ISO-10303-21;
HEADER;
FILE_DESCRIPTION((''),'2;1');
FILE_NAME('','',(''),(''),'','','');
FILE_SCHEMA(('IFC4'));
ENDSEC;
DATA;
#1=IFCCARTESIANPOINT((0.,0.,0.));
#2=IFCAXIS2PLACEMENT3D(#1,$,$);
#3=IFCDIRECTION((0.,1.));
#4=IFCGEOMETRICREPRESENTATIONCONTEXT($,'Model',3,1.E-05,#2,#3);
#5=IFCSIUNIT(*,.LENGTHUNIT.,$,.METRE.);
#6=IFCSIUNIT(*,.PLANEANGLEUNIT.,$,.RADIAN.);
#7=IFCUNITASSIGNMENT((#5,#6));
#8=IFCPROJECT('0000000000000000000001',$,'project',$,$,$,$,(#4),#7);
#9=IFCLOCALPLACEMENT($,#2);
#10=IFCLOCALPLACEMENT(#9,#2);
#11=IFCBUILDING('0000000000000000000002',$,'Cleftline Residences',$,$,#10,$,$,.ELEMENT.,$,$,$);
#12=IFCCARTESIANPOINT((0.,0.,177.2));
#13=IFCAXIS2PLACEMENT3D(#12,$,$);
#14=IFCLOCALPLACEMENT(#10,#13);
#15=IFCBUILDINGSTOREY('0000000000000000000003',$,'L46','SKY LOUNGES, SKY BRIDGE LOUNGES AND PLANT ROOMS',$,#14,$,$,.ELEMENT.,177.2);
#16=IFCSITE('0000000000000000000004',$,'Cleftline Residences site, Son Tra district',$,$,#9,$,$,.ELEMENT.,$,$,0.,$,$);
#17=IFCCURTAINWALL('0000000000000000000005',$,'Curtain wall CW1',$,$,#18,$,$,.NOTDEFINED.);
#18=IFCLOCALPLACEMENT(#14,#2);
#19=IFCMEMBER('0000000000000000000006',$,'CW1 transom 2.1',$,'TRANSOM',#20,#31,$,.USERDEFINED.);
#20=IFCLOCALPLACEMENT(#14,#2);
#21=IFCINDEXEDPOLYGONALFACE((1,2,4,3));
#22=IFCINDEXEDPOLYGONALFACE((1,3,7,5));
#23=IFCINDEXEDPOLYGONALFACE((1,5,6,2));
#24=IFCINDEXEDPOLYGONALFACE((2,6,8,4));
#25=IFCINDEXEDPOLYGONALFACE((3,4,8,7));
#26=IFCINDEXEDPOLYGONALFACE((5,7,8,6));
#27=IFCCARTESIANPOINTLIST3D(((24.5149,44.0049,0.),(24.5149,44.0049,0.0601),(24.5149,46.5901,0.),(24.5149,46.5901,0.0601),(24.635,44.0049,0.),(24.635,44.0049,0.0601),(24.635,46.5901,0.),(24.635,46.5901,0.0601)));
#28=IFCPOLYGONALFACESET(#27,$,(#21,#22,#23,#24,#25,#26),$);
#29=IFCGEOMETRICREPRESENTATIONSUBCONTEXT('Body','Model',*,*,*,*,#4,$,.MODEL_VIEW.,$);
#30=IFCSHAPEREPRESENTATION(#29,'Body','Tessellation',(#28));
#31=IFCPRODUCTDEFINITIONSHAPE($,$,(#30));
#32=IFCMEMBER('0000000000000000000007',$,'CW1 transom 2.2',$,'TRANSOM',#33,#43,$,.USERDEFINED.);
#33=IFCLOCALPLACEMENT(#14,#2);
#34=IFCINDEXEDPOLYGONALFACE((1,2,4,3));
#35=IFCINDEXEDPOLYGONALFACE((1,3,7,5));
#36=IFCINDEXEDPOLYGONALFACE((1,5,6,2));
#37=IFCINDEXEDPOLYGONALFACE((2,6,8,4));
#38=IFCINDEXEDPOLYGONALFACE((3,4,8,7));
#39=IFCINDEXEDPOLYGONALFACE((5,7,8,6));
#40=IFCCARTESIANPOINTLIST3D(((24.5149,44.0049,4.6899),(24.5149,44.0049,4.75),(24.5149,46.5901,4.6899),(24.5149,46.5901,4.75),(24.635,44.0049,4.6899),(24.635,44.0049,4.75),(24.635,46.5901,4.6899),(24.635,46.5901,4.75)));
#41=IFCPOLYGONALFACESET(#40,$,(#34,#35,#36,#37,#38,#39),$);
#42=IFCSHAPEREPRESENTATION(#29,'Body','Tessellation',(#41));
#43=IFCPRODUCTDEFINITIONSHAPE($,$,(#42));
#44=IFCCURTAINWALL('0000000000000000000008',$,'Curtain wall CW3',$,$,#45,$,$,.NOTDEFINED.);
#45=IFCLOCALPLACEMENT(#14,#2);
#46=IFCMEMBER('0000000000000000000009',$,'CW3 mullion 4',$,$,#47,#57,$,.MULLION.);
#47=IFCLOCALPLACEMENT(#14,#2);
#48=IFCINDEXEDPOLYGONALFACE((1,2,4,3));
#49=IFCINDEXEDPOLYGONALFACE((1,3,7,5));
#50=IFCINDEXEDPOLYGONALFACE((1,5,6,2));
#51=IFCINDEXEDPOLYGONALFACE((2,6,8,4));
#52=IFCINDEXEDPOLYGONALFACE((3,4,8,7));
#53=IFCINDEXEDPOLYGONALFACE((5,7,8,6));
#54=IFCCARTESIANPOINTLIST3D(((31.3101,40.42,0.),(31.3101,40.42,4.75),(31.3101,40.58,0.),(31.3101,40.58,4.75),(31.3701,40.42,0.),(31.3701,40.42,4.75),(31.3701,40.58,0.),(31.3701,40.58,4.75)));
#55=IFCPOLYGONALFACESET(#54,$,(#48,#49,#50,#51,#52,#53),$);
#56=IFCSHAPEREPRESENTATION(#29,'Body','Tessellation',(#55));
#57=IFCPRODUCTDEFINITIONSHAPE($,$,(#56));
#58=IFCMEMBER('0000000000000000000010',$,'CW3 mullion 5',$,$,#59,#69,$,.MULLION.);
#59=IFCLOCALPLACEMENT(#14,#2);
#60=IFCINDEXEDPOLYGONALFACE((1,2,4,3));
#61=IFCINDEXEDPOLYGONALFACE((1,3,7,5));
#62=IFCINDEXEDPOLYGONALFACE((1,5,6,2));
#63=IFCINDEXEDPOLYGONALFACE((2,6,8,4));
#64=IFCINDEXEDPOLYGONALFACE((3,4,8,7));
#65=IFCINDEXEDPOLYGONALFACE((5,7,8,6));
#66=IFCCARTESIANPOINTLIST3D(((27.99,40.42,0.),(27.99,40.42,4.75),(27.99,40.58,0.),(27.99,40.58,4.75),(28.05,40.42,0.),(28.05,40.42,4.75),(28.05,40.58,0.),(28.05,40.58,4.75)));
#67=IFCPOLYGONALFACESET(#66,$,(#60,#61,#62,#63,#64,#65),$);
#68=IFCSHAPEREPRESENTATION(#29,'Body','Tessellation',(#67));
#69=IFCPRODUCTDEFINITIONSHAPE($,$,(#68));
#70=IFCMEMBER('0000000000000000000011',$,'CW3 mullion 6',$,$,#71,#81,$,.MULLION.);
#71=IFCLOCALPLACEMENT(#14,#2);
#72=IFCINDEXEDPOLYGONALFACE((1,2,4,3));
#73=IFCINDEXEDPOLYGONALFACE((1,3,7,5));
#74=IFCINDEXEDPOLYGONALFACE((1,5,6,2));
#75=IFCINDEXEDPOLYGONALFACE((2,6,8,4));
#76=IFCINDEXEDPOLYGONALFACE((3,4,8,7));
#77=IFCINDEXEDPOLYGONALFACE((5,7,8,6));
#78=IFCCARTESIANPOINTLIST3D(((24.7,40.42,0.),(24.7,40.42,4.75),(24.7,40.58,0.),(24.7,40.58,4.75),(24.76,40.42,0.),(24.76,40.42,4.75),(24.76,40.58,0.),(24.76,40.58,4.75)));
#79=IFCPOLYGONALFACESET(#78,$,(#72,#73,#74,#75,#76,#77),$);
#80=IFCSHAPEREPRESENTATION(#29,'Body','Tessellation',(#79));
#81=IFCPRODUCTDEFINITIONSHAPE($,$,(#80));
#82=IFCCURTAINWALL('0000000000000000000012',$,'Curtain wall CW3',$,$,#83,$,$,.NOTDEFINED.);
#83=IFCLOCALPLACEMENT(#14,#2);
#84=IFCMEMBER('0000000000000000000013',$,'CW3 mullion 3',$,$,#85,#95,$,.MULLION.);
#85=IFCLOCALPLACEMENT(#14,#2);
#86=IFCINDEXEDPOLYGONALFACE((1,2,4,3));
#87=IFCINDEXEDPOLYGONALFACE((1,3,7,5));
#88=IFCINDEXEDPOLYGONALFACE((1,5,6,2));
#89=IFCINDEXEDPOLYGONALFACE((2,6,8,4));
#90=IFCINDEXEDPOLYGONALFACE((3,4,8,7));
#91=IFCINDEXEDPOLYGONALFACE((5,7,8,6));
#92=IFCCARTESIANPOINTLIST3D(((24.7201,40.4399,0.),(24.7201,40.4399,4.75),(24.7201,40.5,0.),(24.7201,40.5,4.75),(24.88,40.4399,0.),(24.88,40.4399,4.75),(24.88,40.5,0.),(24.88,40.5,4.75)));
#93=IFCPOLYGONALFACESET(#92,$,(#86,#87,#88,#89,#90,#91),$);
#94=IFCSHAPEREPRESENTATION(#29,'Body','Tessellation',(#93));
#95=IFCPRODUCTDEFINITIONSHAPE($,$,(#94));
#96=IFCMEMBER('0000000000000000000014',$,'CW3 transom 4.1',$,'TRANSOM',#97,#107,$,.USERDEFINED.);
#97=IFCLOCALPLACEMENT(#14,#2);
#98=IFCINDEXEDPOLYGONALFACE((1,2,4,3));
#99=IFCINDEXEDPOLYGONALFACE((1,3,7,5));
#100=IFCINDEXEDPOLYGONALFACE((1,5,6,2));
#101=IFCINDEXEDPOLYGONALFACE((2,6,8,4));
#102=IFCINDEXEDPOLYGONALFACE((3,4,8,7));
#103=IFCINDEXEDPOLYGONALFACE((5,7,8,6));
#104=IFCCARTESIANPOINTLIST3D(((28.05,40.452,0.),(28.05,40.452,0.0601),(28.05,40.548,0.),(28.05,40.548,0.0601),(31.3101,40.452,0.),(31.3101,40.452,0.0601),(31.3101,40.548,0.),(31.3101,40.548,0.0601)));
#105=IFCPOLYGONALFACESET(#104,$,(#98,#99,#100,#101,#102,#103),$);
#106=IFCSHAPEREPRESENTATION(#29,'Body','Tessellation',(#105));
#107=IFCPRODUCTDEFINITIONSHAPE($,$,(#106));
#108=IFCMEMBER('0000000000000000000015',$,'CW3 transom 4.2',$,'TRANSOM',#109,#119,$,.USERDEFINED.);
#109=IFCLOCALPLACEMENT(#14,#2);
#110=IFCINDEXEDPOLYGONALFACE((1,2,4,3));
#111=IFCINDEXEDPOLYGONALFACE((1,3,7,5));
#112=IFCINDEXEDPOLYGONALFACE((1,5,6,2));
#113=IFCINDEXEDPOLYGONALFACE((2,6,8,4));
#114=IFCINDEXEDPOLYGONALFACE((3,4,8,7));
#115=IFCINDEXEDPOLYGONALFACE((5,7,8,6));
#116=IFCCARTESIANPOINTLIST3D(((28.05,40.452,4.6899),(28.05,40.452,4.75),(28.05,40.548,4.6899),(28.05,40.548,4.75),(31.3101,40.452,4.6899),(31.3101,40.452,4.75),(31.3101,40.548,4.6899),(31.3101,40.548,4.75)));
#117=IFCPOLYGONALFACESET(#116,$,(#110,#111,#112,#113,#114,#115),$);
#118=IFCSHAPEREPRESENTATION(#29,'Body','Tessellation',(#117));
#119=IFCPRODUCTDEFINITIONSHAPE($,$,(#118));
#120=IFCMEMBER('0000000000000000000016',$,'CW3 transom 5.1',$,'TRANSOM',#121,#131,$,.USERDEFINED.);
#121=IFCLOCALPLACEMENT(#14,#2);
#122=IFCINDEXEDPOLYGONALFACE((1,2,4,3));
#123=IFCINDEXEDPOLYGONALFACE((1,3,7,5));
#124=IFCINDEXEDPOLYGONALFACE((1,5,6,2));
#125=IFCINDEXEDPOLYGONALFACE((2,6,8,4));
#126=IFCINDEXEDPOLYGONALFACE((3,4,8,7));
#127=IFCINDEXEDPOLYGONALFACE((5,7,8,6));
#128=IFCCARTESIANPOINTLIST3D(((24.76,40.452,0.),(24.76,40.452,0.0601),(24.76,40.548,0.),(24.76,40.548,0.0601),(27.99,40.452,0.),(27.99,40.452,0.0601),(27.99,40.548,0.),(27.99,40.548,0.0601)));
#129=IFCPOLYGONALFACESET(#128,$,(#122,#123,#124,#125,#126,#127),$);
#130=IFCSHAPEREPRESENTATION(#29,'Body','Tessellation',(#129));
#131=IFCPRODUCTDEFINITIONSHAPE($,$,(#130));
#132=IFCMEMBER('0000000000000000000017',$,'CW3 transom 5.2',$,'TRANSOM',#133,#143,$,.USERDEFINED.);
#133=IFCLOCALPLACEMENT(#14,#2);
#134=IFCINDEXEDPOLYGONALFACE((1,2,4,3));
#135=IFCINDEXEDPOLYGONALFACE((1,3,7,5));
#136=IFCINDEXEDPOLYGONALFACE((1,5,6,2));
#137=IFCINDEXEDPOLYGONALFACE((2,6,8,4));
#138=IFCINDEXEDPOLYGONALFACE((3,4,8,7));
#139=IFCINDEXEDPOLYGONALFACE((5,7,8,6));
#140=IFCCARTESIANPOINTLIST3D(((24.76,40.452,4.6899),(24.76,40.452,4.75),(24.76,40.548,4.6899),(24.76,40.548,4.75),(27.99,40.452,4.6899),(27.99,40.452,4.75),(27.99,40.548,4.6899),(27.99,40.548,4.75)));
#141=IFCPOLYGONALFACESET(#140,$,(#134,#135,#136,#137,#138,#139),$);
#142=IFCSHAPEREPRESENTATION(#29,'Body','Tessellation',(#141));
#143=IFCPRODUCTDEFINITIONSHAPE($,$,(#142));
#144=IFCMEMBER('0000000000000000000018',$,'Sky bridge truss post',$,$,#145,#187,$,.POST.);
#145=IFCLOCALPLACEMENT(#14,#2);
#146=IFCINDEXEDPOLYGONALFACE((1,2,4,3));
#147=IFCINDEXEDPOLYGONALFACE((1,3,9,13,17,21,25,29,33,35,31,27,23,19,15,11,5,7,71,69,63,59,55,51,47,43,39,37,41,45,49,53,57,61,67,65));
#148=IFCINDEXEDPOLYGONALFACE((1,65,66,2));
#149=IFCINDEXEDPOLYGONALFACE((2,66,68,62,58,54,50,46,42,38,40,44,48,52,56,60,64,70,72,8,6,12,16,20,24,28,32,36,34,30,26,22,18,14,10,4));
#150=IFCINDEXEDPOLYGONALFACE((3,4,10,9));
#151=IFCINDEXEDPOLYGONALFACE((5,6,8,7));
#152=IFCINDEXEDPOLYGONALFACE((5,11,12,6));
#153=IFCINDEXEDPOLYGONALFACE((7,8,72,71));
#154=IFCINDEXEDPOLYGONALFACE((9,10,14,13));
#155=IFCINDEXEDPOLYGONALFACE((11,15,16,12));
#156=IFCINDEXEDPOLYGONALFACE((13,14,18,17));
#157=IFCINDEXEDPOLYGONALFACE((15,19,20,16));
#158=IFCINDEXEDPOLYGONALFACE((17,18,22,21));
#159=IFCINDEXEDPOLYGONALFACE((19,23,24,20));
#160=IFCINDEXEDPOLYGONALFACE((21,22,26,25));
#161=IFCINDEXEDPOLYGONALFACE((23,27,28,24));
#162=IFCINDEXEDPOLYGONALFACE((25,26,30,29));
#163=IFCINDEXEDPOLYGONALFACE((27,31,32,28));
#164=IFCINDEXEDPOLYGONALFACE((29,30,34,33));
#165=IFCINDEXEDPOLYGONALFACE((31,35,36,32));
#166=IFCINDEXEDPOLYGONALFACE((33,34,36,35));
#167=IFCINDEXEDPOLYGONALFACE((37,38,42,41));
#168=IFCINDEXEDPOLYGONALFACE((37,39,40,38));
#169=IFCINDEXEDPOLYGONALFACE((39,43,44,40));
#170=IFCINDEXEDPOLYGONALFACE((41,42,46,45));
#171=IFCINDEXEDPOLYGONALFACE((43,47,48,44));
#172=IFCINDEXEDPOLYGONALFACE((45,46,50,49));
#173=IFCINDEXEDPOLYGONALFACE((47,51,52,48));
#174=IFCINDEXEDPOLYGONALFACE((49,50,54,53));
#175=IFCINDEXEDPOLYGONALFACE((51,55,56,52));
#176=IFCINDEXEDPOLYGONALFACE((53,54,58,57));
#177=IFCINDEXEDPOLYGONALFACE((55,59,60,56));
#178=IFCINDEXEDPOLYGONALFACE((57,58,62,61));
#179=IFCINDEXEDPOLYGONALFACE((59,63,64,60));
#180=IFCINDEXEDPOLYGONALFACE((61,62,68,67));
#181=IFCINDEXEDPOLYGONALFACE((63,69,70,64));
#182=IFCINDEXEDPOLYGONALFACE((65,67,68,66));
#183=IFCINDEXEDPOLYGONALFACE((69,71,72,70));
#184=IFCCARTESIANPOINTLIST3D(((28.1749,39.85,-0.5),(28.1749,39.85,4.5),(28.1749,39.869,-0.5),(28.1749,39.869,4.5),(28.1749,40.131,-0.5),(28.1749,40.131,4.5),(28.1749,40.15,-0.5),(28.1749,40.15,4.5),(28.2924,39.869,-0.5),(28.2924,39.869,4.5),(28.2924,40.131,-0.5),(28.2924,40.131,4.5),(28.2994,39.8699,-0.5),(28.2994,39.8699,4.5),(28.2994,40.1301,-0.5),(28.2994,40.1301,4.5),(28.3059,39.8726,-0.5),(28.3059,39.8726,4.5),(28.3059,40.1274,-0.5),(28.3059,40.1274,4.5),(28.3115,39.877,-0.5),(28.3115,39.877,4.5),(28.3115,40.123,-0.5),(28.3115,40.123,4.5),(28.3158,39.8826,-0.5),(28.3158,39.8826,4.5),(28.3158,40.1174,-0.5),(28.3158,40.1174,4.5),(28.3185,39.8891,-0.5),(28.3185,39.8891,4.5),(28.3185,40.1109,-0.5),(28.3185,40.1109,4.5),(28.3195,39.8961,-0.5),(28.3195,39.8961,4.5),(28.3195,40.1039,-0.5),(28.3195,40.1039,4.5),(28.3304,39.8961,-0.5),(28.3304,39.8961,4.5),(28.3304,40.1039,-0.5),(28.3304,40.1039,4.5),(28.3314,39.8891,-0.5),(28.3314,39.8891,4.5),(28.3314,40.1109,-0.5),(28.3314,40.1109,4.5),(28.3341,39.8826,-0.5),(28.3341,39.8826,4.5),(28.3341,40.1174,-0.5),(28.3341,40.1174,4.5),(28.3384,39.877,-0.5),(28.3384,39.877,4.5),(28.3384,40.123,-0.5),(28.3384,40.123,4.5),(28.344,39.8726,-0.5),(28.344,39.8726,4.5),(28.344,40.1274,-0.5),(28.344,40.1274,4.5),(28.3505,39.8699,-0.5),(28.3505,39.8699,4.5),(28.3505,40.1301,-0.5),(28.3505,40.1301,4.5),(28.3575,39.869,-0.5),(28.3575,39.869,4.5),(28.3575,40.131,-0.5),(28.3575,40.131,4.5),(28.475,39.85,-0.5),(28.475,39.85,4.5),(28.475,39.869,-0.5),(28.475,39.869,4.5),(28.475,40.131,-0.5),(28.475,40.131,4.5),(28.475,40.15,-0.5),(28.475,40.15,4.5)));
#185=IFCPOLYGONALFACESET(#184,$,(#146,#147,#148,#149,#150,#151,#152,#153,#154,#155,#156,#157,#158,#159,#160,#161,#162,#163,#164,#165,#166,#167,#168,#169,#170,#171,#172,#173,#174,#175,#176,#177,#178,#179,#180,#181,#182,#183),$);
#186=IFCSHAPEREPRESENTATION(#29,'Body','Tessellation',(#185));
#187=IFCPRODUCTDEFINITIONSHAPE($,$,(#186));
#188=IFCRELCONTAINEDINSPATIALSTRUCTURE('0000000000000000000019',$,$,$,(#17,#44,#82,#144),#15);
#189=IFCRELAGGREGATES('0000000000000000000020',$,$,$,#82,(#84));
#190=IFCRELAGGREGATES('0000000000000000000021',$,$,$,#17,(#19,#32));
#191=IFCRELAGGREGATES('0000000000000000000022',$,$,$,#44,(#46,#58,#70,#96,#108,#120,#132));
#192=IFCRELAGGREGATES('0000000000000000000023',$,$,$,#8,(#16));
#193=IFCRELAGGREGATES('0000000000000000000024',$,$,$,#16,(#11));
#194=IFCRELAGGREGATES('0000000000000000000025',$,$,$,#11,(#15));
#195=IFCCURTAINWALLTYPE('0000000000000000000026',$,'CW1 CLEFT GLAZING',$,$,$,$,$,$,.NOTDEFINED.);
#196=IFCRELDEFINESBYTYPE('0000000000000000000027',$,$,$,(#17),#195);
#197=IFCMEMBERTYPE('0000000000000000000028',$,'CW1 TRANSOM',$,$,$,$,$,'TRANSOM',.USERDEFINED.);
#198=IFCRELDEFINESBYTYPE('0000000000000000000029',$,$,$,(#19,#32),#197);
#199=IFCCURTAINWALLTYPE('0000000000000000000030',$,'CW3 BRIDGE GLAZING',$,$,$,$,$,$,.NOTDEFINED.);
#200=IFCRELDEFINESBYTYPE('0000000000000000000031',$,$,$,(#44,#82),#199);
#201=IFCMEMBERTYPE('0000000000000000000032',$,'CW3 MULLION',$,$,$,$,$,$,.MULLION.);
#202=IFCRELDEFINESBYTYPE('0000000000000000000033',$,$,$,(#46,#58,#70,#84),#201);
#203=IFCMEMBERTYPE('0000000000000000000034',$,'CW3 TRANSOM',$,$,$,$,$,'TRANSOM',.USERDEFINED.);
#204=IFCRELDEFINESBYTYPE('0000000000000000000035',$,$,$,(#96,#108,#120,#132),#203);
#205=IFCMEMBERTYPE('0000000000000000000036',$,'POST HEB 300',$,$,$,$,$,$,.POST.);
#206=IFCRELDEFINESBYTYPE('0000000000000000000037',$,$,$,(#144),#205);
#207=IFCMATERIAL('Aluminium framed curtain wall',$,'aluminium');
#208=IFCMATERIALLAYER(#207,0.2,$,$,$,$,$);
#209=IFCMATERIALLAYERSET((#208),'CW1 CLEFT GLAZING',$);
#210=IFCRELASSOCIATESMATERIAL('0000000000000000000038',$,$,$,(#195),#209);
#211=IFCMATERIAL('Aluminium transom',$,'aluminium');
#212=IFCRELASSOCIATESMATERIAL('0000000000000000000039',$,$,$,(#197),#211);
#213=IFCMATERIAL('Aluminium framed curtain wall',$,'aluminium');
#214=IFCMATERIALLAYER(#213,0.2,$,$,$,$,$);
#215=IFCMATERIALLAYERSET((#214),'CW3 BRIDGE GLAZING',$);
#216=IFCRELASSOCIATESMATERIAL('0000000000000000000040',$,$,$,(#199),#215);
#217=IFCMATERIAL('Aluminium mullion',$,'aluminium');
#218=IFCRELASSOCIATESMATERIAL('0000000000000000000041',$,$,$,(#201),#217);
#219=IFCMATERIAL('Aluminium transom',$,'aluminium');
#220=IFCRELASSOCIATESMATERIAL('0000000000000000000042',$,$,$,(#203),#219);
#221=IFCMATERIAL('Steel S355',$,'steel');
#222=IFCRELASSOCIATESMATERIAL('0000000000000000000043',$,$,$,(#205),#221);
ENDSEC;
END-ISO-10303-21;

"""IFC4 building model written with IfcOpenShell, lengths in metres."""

from ifc_helpers import new_model, si_unit, direction, frame, origin, origin_2d, place, context, subcontext, project, spatial, rectangle, i_section, extrude, material, layer, layer_set, material_profile, profile_set, type_object, element, aggregate, save


model = new_model("IFC4")

# Units and contexts
model_context = context("Model", 3, precision=1e-05, world=origin(), true_north=direction((0.0, 1.0)))
body_context = subcontext(model_context, "Body", "Model", "MODEL_VIEW")
ifc_project = project(units=[si_unit("LENGTHUNIT", "METRE"), si_unit("PLANEANGLEUNIT", "RADIAN")], contexts=[model_context])

# Site, building, storey
site_placement = place(None, origin())
site = spatial("IfcSite", under=ifc_project, at=site_placement, Name="Cleftline Residences site, Son Tra district", CompositionType="ELEMENT", RefElevation=0.0)
building_placement = place(site_placement, origin())
building = spatial("IfcBuilding", under=site, at=building_placement, Name="Cleftline Residences", CompositionType="ELEMENT")
storey_placement = place(building_placement, frame((0.0, 0.0, 177.2)))
storey = spatial("IfcBuildingStorey", under=building, at=storey_placement, Name="L46", Description="SKY LOUNGES, SKY BRIDGE LOUNGES AND PLANT ROOMS", CompositionType="ELEMENT", Elevation=177.2)

# Curtain walls, members
ifc_material_1 = material(Name="Aluminium framed curtain wall", Category="aluminium")
ifc_layer_1 = layer(ifc_material_1, 0.2)
ifc_layer_set_1 = layer_set([ifc_layer_1], Name="CW1 CLEFT GLAZING")
curtain_wall_type_1 = type_object("IfcCurtainWallType", Name="CW1 CLEFT GLAZING", PredefinedType="NOTDEFINED", material=ifc_layer_set_1)
curtain_wall_1_placement = place(storey_placement, origin())
curtain_wall_1 = element("IfcCurtainWall", 1, at=curtain_wall_1_placement, inside=storey, type_object=curtain_wall_type_1, Name="Curtain wall CW1", PredefinedType="NOTDEFINED")
ifc_material_2 = material(Name="Aluminium transom", Category="aluminium")
ifc_material_profile_1 = material_profile(ifc_material_2, rectangle(XDim=0.1201, YDim=0.0601, at=origin_2d()))
ifc_profile_set_1 = profile_set([ifc_material_profile_1], Name="Aluminium transom")
member_type_1 = type_object("IfcMemberType", Name="CW1 TRANSOM", ElementType="TRANSOM", PredefinedType="USERDEFINED", material=ifc_profile_set_1)
member_1_placement = place(storey_placement, frame((24.575, 44.0049, 0.03), z_axis=(0.0, 1.0, 0.0), x_axis=(-1.0, 0.0, 0.0)))
member_1 = element("IfcMember", 2, at=member_1_placement, type_object=member_type_1, Name="CW1 transom 2.1", ObjectType="TRANSOM", PredefinedType="USERDEFINED", context=body_context, shape_type="SweptSolid", body=[
    extrude(rectangle(XDim=0.1201, YDim=0.0601, at=origin_2d()), origin(), (0.0, 0.0, 1.0), 2.5852),
])
member_2_placement = place(storey_placement, frame((24.575, 44.0049, 4.72), z_axis=(0.0, 1.0, 0.0), x_axis=(-1.0, 0.0, 0.0)))
member_2 = element("IfcMember", 3, at=member_2_placement, type_object=member_type_1, Name="CW1 transom 2.2", ObjectType="TRANSOM", PredefinedType="USERDEFINED", context=body_context, shape_type="SweptSolid", body=[
    extrude(rectangle(XDim=0.1201, YDim=0.0601, at=origin_2d()), origin(), (0.0, 0.0, 1.0), 2.5852),
])
ifc_material_3 = material(Name="Aluminium framed curtain wall", Category="aluminium")
ifc_layer_2 = layer(ifc_material_3, 0.2)
ifc_layer_set_2 = layer_set([ifc_layer_2], Name="CW3 BRIDGE GLAZING")
curtain_wall_type_2 = type_object("IfcCurtainWallType", Name="CW3 BRIDGE GLAZING", PredefinedType="NOTDEFINED", material=ifc_layer_set_2)
curtain_wall_2_placement = place(storey_placement, origin())
curtain_wall_2 = element("IfcCurtainWall", 4, at=curtain_wall_2_placement, inside=storey, type_object=curtain_wall_type_2, Name="Curtain wall CW3", PredefinedType="NOTDEFINED")
ifc_material_4 = material(Name="Aluminium mullion", Category="aluminium")
ifc_material_profile_2 = material_profile(ifc_material_4, rectangle(XDim=0.1599, YDim=0.0601, at=origin_2d()))
ifc_profile_set_2 = profile_set([ifc_material_profile_2], Name="Aluminium mullion")
member_type_2 = type_object("IfcMemberType", Name="CW3 MULLION", PredefinedType="MULLION", material=ifc_profile_set_2)
member_3_placement = place(storey_placement, frame((31.3401, 40.5, 0.0), z_axis=(0.0, 0.0, 1.0), x_axis=(0.0, -1.0, 0.0)))
member_3 = element("IfcMember", 5, at=member_3_placement, type_object=member_type_2, Name="CW3 mullion 4", PredefinedType="MULLION", context=body_context, shape_type="SweptSolid", body=[
    extrude(rectangle(XDim=0.1599, YDim=0.0601, at=origin_2d()), origin(), (0.0, 0.0, 1.0), 4.75),
])
member_4_placement = place(storey_placement, frame((28.02, 40.5, 0.0), z_axis=(0.0, 0.0, 1.0), x_axis=(0.0, -1.0, 0.0)))
member_4 = element("IfcMember", 6, at=member_4_placement, type_object=member_type_2, Name="CW3 mullion 5", PredefinedType="MULLION", context=body_context, shape_type="SweptSolid", body=[
    extrude(rectangle(XDim=0.1599, YDim=0.0601, at=origin_2d()), origin(), (0.0, 0.0, 1.0), 4.75),
])
member_5_placement = place(storey_placement, frame((24.73, 40.5, 0.0), z_axis=(0.0, 0.0, 1.0), x_axis=(0.0, -1.0, 0.0)))
member_5 = element("IfcMember", 7, at=member_5_placement, type_object=member_type_2, Name="CW3 mullion 6", PredefinedType="MULLION", context=body_context, shape_type="SweptSolid", body=[
    extrude(rectangle(XDim=0.1599, YDim=0.0601, at=origin_2d()), origin(), (0.0, 0.0, 1.0), 4.75),
])

# Curtain wall, member
curtain_wall_3_placement = place(storey_placement, origin())
curtain_wall_3 = element("IfcCurtainWall", 8, at=curtain_wall_3_placement, inside=storey, type_object=curtain_wall_type_2, Name="Curtain wall CW3", PredefinedType="NOTDEFINED")
member_6_placement = place(storey_placement, frame((24.8, 40.47, 0.0), z_axis=(0.0, 0.0, 1.0), x_axis=(-1.0, 0.0, 0.0)))
member_6 = element("IfcMember", 9, at=member_6_placement, type_object=member_type_2, Name="CW3 mullion 3", PredefinedType="MULLION", context=body_context, shape_type="SweptSolid", body=[
    extrude(rectangle(XDim=0.1599, YDim=0.0601, at=origin_2d()), origin(), (0.0, 0.0, 1.0), 4.75),
])
aggregate(curtain_wall_3, [member_6])

# Members
ifc_material_5 = material(Name="Aluminium transom", Category="aluminium")
ifc_material_profile_3 = material_profile(ifc_material_5, rectangle(XDim=0.0959, YDim=0.0601, at=origin_2d()))
ifc_profile_set_3 = profile_set([ifc_material_profile_3], Name="Aluminium transom")
member_type_3 = type_object("IfcMemberType", Name="CW3 TRANSOM", ElementType="TRANSOM", PredefinedType="USERDEFINED", material=ifc_profile_set_3)
member_7_placement = place(storey_placement, frame((31.3101, 40.5, 0.03), z_axis=(-1.0, 0.0, 0.0), x_axis=(0.0, -1.0, 0.0)))
member_7 = element("IfcMember", 10, at=member_7_placement, type_object=member_type_3, Name="CW3 transom 4.1", ObjectType="TRANSOM", PredefinedType="USERDEFINED", context=body_context, shape_type="SweptSolid", body=[
    extrude(rectangle(XDim=0.0959, YDim=0.0601, at=origin_2d()), origin(), (0.0, 0.0, 1.0), 3.26),
])
member_8_placement = place(storey_placement, frame((31.3101, 40.5, 4.72), z_axis=(-1.0, 0.0, 0.0), x_axis=(0.0, -1.0, 0.0)))
member_8 = element("IfcMember", 11, at=member_8_placement, type_object=member_type_3, Name="CW3 transom 4.2", ObjectType="TRANSOM", PredefinedType="USERDEFINED", context=body_context, shape_type="SweptSolid", body=[
    extrude(rectangle(XDim=0.0959, YDim=0.0601, at=origin_2d()), origin(), (0.0, 0.0, 1.0), 3.26),
])
member_9_placement = place(storey_placement, frame((27.99, 40.5, 0.03), z_axis=(-1.0, 0.0, 0.0), x_axis=(0.0, -1.0, 0.0)))
member_9 = element("IfcMember", 12, at=member_9_placement, type_object=member_type_3, Name="CW3 transom 5.1", ObjectType="TRANSOM", PredefinedType="USERDEFINED", context=body_context, shape_type="SweptSolid", body=[
    extrude(rectangle(XDim=0.0959, YDim=0.0601, at=origin_2d()), origin(), (0.0, 0.0, 1.0), 3.23),
])
member_10_placement = place(storey_placement, frame((27.99, 40.5, 4.72), z_axis=(-1.0, 0.0, 0.0), x_axis=(0.0, -1.0, 0.0)))
member_10 = element("IfcMember", 13, at=member_10_placement, type_object=member_type_3, Name="CW3 transom 5.2", ObjectType="TRANSOM", PredefinedType="USERDEFINED", context=body_context, shape_type="SweptSolid", body=[
    extrude(rectangle(XDim=0.0959, YDim=0.0601, at=origin_2d()), origin(), (0.0, 0.0, 1.0), 3.23),
])
ifc_material_6 = material(Name="Steel S355", Category="steel")
ifc_material_profile_4 = material_profile(ifc_material_6, i_section(OverallWidth=0.3, OverallDepth=0.3, WebThickness=0.011, FlangeThickness=0.019, FilletRadius=0.0271, at=origin_2d()))
ifc_profile_set_4 = profile_set([ifc_material_profile_4], Name="Steel S355")
member_type_4 = type_object("IfcMemberType", Name="POST HEB 300", PredefinedType="POST", material=ifc_profile_set_4)
member_11_placement = place(storey_placement, frame((28.325, 40.0, -0.5), z_axis=(0.0, 0.0, 1.0), x_axis=(1.0, 0.0, 0.0)))
element("IfcMember", 14, at=member_11_placement, inside=storey, type_object=member_type_4, Name="Sky bridge truss post", PredefinedType="POST", context=body_context, shape_type="SweptSolid", body=[
    extrude(i_section(OverallWidth=0.3, OverallDepth=0.3, WebThickness=0.011, FlangeThickness=0.019, FilletRadius=0.0271, at=origin_2d()), origin(), (0.0, 0.0, 1.0), 5.0),
])

aggregate(curtain_wall_1, [member_1, member_2])
aggregate(curtain_wall_2, [member_3, member_4, member_5, member_7, member_8, member_9, member_10])

save(model, "model.ifc")
